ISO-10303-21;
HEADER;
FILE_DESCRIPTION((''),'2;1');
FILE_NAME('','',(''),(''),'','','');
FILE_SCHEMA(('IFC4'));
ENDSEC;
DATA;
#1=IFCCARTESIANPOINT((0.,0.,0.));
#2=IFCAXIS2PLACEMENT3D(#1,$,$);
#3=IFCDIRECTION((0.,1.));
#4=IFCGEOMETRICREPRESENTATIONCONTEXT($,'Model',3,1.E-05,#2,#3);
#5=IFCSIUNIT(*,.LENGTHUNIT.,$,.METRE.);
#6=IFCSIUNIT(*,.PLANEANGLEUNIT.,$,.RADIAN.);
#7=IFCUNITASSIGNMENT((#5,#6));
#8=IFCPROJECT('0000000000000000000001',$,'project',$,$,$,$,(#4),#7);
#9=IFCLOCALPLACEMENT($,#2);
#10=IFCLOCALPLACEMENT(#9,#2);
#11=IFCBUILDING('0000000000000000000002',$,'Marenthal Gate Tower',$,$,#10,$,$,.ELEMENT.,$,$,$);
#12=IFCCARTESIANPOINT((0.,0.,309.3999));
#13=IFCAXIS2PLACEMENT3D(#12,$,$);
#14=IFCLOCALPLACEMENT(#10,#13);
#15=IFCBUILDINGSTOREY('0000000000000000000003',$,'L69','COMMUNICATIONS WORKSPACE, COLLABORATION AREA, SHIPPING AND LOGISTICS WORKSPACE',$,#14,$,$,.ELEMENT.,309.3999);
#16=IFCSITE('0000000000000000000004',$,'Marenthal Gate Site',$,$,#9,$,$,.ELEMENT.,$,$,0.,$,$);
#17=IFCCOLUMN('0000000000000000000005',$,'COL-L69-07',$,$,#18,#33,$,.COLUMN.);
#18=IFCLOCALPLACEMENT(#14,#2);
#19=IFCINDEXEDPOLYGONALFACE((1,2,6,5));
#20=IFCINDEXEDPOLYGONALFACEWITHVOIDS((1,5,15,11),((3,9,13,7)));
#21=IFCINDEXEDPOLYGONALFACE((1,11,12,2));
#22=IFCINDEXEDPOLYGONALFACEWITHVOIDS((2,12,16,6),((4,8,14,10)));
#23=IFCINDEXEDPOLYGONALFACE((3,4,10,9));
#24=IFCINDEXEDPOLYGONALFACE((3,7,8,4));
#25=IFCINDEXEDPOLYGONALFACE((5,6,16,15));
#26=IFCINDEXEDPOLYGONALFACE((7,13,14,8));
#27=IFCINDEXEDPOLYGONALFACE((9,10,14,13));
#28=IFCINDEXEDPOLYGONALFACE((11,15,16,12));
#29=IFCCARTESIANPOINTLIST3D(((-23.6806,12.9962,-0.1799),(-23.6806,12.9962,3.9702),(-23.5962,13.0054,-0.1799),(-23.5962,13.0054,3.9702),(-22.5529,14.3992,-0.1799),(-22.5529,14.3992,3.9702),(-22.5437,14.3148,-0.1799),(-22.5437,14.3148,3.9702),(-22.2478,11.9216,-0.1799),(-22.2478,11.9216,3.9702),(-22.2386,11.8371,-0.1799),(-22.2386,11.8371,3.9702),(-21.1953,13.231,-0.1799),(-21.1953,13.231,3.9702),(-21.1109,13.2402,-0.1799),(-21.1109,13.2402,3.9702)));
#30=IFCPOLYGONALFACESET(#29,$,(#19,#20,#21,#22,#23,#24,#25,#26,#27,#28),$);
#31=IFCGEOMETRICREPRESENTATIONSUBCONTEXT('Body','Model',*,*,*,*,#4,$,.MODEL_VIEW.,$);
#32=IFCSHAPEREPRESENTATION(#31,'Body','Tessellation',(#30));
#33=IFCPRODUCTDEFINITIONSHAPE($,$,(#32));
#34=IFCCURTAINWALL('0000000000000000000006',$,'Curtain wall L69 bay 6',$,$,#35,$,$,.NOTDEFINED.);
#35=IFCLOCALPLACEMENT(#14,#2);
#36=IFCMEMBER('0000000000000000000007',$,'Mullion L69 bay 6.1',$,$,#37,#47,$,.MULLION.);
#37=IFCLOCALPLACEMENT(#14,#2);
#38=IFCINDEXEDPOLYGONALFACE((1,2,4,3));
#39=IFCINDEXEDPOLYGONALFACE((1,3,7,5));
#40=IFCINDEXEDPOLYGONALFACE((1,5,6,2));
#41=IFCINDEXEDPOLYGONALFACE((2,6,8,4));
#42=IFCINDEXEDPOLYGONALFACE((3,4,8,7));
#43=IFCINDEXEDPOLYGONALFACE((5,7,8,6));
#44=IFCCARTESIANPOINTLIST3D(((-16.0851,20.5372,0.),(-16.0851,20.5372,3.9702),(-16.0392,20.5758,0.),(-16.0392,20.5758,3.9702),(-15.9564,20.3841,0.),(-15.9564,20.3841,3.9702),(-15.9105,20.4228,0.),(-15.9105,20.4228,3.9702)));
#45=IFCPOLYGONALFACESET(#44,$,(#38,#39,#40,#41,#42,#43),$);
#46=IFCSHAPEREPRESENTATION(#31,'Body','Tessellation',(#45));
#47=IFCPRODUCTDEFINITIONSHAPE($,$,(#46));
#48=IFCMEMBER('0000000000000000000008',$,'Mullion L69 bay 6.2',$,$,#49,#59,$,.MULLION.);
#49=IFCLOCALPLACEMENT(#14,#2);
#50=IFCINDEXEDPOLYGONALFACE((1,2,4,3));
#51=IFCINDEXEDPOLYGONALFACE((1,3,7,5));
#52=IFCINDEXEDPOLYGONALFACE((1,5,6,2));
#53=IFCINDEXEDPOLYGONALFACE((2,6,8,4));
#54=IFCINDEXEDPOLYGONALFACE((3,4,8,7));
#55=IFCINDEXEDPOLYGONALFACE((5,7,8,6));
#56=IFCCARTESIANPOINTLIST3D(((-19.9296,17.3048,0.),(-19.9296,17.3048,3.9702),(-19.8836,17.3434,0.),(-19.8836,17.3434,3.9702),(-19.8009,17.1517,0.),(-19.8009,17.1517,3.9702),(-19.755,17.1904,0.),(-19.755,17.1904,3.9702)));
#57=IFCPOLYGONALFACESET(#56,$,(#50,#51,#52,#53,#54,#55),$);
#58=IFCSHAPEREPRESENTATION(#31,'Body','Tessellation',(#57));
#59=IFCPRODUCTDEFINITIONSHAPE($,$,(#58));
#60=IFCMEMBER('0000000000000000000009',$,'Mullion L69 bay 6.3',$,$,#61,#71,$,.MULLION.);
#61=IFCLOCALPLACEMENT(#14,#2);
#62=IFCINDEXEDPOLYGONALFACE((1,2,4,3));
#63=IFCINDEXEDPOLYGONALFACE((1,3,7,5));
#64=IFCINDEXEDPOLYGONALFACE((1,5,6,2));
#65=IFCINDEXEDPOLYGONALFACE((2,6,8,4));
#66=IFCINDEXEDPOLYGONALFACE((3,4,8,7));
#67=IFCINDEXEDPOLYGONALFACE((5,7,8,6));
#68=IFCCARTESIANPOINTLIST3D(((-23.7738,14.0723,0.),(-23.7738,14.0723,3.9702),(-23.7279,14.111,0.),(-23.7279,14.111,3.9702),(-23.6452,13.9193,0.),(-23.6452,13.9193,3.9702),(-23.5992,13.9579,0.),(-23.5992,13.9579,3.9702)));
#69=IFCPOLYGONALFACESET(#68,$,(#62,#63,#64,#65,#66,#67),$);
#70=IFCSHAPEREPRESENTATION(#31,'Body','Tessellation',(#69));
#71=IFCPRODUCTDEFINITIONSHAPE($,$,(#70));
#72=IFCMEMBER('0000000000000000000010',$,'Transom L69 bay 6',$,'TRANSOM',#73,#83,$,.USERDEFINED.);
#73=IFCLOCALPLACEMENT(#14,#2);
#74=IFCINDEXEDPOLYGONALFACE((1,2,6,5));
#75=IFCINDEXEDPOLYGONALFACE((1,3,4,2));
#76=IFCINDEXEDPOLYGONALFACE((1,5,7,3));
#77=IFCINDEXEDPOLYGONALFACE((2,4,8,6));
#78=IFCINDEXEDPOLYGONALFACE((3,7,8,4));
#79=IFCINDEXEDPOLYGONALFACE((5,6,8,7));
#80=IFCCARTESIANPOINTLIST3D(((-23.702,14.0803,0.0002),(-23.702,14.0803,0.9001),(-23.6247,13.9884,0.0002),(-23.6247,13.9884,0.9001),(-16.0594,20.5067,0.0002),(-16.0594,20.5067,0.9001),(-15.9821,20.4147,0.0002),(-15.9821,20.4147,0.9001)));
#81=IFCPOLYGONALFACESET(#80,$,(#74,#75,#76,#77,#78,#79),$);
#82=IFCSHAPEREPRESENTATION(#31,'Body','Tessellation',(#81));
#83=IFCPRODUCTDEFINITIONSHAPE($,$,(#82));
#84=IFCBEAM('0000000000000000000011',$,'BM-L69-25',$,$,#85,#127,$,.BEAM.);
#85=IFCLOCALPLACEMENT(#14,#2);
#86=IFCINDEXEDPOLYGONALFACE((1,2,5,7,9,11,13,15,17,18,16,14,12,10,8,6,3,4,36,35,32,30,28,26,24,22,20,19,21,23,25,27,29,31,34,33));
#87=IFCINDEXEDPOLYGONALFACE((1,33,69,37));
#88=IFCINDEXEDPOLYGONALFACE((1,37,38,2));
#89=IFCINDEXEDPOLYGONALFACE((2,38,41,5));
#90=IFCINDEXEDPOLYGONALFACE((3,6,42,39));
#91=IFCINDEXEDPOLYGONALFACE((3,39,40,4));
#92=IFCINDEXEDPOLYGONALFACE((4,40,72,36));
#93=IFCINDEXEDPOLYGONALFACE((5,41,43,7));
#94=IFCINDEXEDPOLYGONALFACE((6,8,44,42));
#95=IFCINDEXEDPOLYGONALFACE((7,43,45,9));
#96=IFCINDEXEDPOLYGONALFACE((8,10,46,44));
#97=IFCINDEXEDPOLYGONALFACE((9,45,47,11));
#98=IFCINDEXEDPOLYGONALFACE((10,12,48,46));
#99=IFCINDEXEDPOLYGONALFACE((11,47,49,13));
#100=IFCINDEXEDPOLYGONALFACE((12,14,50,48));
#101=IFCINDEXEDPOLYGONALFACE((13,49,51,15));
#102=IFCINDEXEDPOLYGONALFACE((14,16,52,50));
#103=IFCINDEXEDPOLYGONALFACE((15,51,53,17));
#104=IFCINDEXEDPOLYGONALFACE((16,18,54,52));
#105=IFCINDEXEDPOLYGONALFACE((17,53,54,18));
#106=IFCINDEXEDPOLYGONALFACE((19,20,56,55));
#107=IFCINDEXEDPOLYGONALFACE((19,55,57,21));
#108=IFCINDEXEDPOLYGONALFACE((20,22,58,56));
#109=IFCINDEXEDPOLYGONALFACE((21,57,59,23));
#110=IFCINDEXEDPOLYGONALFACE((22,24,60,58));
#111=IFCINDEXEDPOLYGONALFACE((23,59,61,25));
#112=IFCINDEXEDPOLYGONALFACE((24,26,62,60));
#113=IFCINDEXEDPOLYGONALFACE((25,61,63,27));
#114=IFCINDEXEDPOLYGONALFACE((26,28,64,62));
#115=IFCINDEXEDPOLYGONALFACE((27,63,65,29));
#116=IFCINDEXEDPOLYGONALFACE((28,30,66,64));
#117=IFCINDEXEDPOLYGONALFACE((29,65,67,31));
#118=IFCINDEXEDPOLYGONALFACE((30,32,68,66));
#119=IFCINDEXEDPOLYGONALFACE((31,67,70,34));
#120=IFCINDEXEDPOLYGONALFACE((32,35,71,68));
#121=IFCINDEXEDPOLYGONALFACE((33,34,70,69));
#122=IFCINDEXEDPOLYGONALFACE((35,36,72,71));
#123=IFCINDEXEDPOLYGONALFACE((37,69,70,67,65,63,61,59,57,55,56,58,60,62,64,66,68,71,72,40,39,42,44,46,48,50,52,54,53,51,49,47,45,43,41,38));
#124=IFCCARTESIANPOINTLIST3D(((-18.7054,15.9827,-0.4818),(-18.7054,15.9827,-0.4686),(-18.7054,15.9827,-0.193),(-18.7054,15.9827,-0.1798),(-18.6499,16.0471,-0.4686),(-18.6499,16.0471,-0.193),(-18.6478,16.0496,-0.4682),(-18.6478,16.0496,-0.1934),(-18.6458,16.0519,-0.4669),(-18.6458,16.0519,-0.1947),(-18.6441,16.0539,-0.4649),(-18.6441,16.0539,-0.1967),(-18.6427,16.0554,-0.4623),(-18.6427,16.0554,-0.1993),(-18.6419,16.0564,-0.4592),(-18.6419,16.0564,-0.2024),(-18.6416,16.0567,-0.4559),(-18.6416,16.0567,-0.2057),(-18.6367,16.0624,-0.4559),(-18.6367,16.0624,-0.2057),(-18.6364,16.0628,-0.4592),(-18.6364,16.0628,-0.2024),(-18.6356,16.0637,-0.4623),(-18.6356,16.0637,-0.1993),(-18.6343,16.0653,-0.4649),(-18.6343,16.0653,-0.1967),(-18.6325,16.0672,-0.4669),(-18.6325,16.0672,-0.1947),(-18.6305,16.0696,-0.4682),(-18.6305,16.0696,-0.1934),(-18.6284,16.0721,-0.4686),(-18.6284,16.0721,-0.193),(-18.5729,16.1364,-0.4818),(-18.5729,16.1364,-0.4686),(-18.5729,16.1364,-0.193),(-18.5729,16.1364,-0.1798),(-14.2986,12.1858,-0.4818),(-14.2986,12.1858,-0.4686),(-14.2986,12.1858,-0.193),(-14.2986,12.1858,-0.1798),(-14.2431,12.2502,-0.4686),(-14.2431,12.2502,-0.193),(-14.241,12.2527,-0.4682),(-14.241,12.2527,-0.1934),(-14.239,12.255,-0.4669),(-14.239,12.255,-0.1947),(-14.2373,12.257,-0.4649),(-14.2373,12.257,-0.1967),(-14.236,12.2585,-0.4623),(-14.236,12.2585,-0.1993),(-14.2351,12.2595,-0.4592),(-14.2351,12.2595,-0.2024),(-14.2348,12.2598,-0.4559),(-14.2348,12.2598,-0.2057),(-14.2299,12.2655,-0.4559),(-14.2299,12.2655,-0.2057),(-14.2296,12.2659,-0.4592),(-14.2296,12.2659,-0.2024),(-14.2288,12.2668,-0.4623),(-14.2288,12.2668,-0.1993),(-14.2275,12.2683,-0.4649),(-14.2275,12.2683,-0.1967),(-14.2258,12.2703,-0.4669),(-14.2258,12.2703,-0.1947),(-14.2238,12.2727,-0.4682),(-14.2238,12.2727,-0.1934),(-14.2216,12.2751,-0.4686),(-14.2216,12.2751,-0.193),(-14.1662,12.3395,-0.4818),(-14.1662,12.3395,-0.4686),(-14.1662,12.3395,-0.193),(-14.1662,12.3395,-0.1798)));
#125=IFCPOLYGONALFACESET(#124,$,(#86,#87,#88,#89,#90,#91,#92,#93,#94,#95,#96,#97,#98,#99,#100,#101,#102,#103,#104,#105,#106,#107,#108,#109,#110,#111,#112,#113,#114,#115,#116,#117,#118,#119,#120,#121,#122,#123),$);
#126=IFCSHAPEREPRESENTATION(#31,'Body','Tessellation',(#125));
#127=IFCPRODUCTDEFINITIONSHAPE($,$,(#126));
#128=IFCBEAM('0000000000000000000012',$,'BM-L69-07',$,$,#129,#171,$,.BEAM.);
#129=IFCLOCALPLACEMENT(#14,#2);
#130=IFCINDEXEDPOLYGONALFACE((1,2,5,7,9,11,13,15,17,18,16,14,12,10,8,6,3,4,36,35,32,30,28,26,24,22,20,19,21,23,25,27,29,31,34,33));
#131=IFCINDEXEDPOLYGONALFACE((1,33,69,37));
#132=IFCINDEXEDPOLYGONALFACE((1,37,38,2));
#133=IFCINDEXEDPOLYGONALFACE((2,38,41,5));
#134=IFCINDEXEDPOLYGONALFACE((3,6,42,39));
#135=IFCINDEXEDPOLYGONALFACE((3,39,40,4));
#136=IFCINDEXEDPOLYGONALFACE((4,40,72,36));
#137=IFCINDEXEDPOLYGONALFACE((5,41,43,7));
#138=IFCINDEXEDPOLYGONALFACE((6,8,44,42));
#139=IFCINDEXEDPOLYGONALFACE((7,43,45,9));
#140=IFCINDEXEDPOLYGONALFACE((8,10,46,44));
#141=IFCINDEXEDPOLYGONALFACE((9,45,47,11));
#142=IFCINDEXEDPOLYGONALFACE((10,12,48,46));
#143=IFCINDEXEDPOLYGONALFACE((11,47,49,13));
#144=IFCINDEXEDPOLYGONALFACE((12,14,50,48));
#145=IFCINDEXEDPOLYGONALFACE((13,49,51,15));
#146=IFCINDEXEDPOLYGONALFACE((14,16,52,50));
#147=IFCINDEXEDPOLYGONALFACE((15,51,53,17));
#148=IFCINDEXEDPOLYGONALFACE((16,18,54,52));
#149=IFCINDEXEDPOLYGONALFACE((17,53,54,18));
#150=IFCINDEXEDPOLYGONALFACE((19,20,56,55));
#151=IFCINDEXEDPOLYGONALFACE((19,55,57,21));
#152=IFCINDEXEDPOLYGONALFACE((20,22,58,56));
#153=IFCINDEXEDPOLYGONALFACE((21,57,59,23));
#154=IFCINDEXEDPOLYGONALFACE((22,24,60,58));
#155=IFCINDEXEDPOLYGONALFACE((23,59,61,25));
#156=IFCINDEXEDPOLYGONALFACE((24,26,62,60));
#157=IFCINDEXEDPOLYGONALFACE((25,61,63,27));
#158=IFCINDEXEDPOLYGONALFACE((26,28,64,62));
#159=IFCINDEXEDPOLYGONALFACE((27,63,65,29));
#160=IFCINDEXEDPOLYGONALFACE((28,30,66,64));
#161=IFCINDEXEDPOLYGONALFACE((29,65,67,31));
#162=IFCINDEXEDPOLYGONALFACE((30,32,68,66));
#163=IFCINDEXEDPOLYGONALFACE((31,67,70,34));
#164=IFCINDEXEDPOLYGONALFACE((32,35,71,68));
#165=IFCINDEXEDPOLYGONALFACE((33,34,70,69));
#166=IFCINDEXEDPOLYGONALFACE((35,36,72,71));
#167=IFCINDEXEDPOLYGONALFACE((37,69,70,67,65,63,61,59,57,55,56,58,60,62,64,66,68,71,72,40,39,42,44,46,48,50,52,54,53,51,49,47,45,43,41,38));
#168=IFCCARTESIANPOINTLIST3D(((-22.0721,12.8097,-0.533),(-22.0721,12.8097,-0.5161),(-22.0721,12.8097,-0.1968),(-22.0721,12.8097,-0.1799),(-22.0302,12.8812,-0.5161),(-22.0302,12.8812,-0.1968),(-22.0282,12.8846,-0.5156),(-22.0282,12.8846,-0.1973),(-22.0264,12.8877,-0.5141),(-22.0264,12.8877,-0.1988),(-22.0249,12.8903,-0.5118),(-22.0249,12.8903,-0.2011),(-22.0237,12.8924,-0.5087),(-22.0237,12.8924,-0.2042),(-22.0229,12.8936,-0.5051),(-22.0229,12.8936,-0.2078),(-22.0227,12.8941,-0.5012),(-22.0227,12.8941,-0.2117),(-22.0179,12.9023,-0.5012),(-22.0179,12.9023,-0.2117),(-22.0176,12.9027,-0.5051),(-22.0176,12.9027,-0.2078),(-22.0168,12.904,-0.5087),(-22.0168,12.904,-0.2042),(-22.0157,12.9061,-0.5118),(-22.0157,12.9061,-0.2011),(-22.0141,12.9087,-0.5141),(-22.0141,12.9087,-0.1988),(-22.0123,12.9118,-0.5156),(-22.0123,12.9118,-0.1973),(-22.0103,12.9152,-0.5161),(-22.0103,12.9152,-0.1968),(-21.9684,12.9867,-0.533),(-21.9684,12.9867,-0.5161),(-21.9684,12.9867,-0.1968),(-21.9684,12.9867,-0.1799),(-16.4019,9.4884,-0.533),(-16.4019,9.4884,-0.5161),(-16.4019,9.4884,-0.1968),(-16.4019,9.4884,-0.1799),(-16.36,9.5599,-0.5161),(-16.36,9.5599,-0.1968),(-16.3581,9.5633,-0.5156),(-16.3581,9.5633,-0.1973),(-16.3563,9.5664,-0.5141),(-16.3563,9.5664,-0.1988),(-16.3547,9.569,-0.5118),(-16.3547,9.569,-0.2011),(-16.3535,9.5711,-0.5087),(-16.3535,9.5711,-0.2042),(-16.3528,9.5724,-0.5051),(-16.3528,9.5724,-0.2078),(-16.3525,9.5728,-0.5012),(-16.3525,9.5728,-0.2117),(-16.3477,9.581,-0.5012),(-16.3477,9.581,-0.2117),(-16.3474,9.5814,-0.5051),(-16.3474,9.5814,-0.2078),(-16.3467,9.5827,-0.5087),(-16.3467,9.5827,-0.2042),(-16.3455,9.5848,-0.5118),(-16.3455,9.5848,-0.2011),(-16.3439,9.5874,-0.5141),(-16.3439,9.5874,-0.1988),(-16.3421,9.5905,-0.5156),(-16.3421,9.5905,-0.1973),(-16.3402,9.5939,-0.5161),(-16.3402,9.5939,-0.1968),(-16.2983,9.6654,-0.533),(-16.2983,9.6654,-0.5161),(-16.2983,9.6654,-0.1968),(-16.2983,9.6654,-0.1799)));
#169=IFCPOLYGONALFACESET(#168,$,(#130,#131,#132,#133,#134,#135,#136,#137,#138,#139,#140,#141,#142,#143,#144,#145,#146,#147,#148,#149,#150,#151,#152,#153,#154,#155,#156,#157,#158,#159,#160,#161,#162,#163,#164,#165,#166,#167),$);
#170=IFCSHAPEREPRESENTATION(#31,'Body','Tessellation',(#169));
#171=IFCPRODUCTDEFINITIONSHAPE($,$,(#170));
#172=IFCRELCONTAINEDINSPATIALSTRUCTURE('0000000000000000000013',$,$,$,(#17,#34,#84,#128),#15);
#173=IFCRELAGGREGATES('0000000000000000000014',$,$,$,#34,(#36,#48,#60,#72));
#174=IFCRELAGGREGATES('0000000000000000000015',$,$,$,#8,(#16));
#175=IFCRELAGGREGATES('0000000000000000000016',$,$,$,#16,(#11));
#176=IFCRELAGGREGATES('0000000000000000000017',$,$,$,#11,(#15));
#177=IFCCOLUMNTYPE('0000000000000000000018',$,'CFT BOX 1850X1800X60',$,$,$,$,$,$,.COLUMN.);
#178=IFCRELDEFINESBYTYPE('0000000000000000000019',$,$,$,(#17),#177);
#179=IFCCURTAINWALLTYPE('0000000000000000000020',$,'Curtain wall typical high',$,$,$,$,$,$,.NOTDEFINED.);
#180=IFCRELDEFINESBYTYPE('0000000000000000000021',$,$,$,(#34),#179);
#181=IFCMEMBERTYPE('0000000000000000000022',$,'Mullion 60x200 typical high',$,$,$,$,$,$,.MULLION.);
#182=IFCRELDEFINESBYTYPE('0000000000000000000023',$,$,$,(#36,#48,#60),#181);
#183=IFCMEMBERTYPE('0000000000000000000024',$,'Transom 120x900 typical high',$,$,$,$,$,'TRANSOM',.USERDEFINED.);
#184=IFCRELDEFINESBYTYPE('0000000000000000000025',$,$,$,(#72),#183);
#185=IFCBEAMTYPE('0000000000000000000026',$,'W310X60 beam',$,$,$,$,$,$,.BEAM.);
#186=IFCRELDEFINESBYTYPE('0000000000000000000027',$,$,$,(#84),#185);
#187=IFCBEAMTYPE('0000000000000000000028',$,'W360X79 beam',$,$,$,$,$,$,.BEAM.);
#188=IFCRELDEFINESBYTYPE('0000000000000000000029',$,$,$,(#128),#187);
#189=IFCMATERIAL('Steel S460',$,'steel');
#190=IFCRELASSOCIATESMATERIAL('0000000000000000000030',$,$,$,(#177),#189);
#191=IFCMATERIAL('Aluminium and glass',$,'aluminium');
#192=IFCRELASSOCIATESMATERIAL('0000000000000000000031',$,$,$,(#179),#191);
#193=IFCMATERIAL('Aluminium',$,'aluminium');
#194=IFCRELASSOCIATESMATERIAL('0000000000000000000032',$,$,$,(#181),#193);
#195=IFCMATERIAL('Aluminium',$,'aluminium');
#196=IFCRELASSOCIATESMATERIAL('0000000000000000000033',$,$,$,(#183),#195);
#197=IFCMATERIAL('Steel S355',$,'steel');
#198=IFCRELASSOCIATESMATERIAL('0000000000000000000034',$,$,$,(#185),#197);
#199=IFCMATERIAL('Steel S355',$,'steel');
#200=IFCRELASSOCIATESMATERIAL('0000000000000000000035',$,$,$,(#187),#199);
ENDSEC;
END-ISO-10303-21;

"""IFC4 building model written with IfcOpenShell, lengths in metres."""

from ifc_helpers import new_model, si_unit, direction, frame, origin, origin_2d, place, context, subcontext, project, spatial, rectangle, hollow_rectangle, i_section, extrude, material, material_profile, profile_set, type_object, element, aggregate, save


model = new_model("IFC4")

# Units and contexts
model_context = context("Model", 3, precision=1e-05, world=origin(), true_north=direction((0.0, 1.0)))
body_context = subcontext(model_context, "Body", "Model", "MODEL_VIEW")
ifc_project = project(units=[si_unit("LENGTHUNIT", "METRE"), si_unit("PLANEANGLEUNIT", "RADIAN")], contexts=[model_context])

# Site, building, storey
site_placement = place(None, origin())
site = spatial("IfcSite", under=ifc_project, at=site_placement, Name="Marenthal Gate Site", CompositionType="ELEMENT", RefElevation=0.0)
building_placement = place(site_placement, origin())
building = spatial("IfcBuilding", under=site, at=building_placement, Name="Marenthal Gate Tower", CompositionType="ELEMENT")
storey_placement = place(building_placement, frame((0.0, 0.0, 309.3999)))
storey = spatial("IfcBuildingStorey", under=building, at=storey_placement, Name="L69", Description="COMMUNICATIONS WORKSPACE, COLLABORATION AREA, SHIPPING AND LOGISTICS WORKSPACE", CompositionType="ELEMENT", Elevation=309.3999)

# Column
ifc_material_1 = material(Name="Steel S460", Category="steel")
ifc_material_profile_1 = material_profile(ifc_material_1, hollow_rectangle(XDim=1.8, YDim=1.8501, WallThickness=0.0601, at=origin_2d()), Name="CFT BOX 1850X1800X60")
ifc_material_2 = material(Name="Concrete 70 MPa", Category="concrete")
ifc_material_profile_2 = material_profile(ifc_material_2, rectangle(XDim=1.6799, YDim=1.73, at=origin_2d()), Name="CFT BOX 1850X1800X60 INFILL")
ifc_profile_set_1 = profile_set([ifc_material_profile_1, ifc_material_profile_2], Name="Steel S460 shell, Concrete 70 MPa infill")
column_type = type_object("IfcColumnType", Name="CFT BOX 1850X1800X60", PredefinedType="COLUMN", material=ifc_profile_set_1)
column_placement = place(storey_placement, frame((-22.3958, 13.1182, -0.1799), z_axis=(0.0, 0.0, 1.0), x_axis=(0.626475, 0.779442, 0.0)))
element("IfcColumn", 1, at=column_placement, inside=storey, type_object=column_type, Name="COL-L69-07", PredefinedType="COLUMN", context=body_context, shape_type="SweptSolid", body=[
    extrude(hollow_rectangle(XDim=1.8, YDim=1.8501, WallThickness=0.0601, at=origin_2d()), origin(), (0.0, 0.0, 1.0), 4.1501),
])

# Curtain wall, members
ifc_material_3 = material(Name="Aluminium and glass", Category="aluminium")
curtain_wall_type = type_object("IfcCurtainWallType", Name="Curtain wall typical high", PredefinedType="NOTDEFINED", material=ifc_material_3)
curtain_wall_placement = place(storey_placement, origin())
curtain_wall = element("IfcCurtainWall", 2, at=curtain_wall_placement, inside=storey, type_object=curtain_wall_type, Name="Curtain wall L69 bay 6", PredefinedType="NOTDEFINED")
ifc_material_4 = material(Name="Aluminium", Category="aluminium")
ifc_material_profile_3 = material_profile(ifc_material_4, rectangle(XDim=0.2, YDim=0.0601, at=origin_2d()), Name="60x200 aluminium mullion")
ifc_profile_set_2 = profile_set([ifc_material_profile_3], Name="Aluminium")
member_type_1 = type_object("IfcMemberType", Name="Mullion 60x200 typical high", PredefinedType="MULLION", material=ifc_profile_set_2)
member_1_placement = place(storey_placement, frame((-15.9978, 20.48, 0.0), z_axis=(0.0, 0.0, 1.0), x_axis=(0.64357, -0.765387, 0.0)))
member_1 = element("IfcMember", 3, at=member_1_placement, type_object=member_type_1, Name="Mullion L69 bay 6.1", PredefinedType="MULLION", context=body_context, shape_type="SweptSolid", body=[
    extrude(rectangle(XDim=0.2, YDim=0.0601, at=origin_2d()), origin(), (0.0, 0.0, 1.0), 3.9702),
])
member_2_placement = place(storey_placement, frame((-19.8423, 17.2476, 0.0), z_axis=(0.0, 0.0, 1.0), x_axis=(0.64357, -0.765387, 0.0)))
member_2 = element("IfcMember", 4, at=member_2_placement, type_object=member_type_1, Name="Mullion L69 bay 6.2", PredefinedType="MULLION", context=body_context, shape_type="SweptSolid", body=[
    extrude(rectangle(XDim=0.2, YDim=0.0601, at=origin_2d()), origin(), (0.0, 0.0, 1.0), 3.9702),
])
member_3_placement = place(storey_placement, frame((-23.6865, 14.0151, 0.0), z_axis=(0.0, 0.0, 1.0), x_axis=(0.64357, -0.765387, 0.0)))
member_3 = element("IfcMember", 5, at=member_3_placement, type_object=member_type_1, Name="Mullion L69 bay 6.3", PredefinedType="MULLION", context=body_context, shape_type="SweptSolid", body=[
    extrude(rectangle(XDim=0.2, YDim=0.0601, at=origin_2d()), origin(), (0.0, 0.0, 1.0), 3.9702),
])
ifc_material_5 = material(Name="Aluminium", Category="aluminium")
ifc_material_profile_4 = material_profile(ifc_material_5, rectangle(XDim=0.1201, YDim=0.8999, at=origin_2d()), Name="120x900 aluminium transom")
ifc_profile_set_3 = profile_set([ifc_material_profile_4], Name="Aluminium")
member_type_2 = type_object("IfcMemberType", Name="Transom 120x900 typical high", ElementType="TRANSOM", PredefinedType="USERDEFINED", material=ifc_profile_set_3)
member_4_placement = place(storey_placement, frame((-16.0208, 20.4607, 0.4502), z_axis=(-0.765384, -0.643574, 0.0), x_axis=(0.643574, -0.765384, 0.0)))
member_4 = element("IfcMember", 6, at=member_4_placement, type_object=member_type_2, Name="Transom L69 bay 6", ObjectType="TRANSOM", PredefinedType="USERDEFINED", context=body_context, shape_type="SweptSolid", body=[
    extrude(rectangle(XDim=0.1201, YDim=0.8999, at=origin_2d()), origin(), (0.0, 0.0, 1.0), 9.9854),
])

# Beams
ifc_material_6 = material(Name="Steel S355", Category="steel")
ifc_material_profile_5 = material_profile(ifc_material_6, i_section(OverallWidth=0.2029, OverallDepth=0.302, WebThickness=0.0076, FlangeThickness=0.0132, FilletRadius=0.0127, at=origin_2d()), Name="W310X60")
ifc_profile_set_4 = profile_set([ifc_material_profile_5], Name="Steel S355")
beam_type_1 = type_object("IfcBeamType", Name="W310X60 beam", PredefinedType="BEAM", material=ifc_profile_set_4)
beam_1_placement = place(storey_placement, frame((-18.6392, 16.0596, -0.3308), z_axis=(0.757583, -0.652739, 0.0), x_axis=(0.652739, 0.757583, 0.0)))
element("IfcBeam", 7, at=beam_1_placement, inside=storey, type_object=beam_type_1, Name="BM-L69-25", PredefinedType="BEAM", context=body_context, shape_type="SweptSolid", body=[
    extrude(i_section(OverallWidth=0.2029, OverallDepth=0.302, WebThickness=0.0076, FlangeThickness=0.0132, FilletRadius=0.0127, at=origin_2d()), origin(), (0.0, 0.0, 1.0), 5.8169),
])
ifc_material_7 = material(Name="Steel S355", Category="steel")
ifc_material_profile_6 = material_profile(ifc_material_7, i_section(OverallWidth=0.2051, OverallDepth=0.353, WebThickness=0.0095, FlangeThickness=0.0168, FilletRadius=0.0149, at=origin_2d()), Name="W360X79")
ifc_profile_set_5 = profile_set([ifc_material_profile_6], Name="Steel S355")
beam_type_2 = type_object("IfcBeamType", Name="W360X79 beam", PredefinedType="BEAM", material=ifc_profile_set_5)
beam_2_placement = place(storey_placement, frame((-22.0203, 12.8982, -0.3564), z_axis=(0.862871, -0.505425, 0.0), x_axis=(0.505425, 0.862871, 0.0)))
element("IfcBeam", 8, at=beam_2_placement, inside=storey, type_object=beam_type_2, Name="BM-L69-07", PredefinedType="BEAM", context=body_context, shape_type="SweptSolid", body=[
    extrude(i_section(OverallWidth=0.2051, OverallDepth=0.353, WebThickness=0.0095, FlangeThickness=0.0168, FilletRadius=0.0149, at=origin_2d()), origin(), (0.0, 0.0, 1.0), 6.5713),
])

aggregate(curtain_wall, [member_1, member_2, member_3, member_4])

save(model, "model.ifc")
